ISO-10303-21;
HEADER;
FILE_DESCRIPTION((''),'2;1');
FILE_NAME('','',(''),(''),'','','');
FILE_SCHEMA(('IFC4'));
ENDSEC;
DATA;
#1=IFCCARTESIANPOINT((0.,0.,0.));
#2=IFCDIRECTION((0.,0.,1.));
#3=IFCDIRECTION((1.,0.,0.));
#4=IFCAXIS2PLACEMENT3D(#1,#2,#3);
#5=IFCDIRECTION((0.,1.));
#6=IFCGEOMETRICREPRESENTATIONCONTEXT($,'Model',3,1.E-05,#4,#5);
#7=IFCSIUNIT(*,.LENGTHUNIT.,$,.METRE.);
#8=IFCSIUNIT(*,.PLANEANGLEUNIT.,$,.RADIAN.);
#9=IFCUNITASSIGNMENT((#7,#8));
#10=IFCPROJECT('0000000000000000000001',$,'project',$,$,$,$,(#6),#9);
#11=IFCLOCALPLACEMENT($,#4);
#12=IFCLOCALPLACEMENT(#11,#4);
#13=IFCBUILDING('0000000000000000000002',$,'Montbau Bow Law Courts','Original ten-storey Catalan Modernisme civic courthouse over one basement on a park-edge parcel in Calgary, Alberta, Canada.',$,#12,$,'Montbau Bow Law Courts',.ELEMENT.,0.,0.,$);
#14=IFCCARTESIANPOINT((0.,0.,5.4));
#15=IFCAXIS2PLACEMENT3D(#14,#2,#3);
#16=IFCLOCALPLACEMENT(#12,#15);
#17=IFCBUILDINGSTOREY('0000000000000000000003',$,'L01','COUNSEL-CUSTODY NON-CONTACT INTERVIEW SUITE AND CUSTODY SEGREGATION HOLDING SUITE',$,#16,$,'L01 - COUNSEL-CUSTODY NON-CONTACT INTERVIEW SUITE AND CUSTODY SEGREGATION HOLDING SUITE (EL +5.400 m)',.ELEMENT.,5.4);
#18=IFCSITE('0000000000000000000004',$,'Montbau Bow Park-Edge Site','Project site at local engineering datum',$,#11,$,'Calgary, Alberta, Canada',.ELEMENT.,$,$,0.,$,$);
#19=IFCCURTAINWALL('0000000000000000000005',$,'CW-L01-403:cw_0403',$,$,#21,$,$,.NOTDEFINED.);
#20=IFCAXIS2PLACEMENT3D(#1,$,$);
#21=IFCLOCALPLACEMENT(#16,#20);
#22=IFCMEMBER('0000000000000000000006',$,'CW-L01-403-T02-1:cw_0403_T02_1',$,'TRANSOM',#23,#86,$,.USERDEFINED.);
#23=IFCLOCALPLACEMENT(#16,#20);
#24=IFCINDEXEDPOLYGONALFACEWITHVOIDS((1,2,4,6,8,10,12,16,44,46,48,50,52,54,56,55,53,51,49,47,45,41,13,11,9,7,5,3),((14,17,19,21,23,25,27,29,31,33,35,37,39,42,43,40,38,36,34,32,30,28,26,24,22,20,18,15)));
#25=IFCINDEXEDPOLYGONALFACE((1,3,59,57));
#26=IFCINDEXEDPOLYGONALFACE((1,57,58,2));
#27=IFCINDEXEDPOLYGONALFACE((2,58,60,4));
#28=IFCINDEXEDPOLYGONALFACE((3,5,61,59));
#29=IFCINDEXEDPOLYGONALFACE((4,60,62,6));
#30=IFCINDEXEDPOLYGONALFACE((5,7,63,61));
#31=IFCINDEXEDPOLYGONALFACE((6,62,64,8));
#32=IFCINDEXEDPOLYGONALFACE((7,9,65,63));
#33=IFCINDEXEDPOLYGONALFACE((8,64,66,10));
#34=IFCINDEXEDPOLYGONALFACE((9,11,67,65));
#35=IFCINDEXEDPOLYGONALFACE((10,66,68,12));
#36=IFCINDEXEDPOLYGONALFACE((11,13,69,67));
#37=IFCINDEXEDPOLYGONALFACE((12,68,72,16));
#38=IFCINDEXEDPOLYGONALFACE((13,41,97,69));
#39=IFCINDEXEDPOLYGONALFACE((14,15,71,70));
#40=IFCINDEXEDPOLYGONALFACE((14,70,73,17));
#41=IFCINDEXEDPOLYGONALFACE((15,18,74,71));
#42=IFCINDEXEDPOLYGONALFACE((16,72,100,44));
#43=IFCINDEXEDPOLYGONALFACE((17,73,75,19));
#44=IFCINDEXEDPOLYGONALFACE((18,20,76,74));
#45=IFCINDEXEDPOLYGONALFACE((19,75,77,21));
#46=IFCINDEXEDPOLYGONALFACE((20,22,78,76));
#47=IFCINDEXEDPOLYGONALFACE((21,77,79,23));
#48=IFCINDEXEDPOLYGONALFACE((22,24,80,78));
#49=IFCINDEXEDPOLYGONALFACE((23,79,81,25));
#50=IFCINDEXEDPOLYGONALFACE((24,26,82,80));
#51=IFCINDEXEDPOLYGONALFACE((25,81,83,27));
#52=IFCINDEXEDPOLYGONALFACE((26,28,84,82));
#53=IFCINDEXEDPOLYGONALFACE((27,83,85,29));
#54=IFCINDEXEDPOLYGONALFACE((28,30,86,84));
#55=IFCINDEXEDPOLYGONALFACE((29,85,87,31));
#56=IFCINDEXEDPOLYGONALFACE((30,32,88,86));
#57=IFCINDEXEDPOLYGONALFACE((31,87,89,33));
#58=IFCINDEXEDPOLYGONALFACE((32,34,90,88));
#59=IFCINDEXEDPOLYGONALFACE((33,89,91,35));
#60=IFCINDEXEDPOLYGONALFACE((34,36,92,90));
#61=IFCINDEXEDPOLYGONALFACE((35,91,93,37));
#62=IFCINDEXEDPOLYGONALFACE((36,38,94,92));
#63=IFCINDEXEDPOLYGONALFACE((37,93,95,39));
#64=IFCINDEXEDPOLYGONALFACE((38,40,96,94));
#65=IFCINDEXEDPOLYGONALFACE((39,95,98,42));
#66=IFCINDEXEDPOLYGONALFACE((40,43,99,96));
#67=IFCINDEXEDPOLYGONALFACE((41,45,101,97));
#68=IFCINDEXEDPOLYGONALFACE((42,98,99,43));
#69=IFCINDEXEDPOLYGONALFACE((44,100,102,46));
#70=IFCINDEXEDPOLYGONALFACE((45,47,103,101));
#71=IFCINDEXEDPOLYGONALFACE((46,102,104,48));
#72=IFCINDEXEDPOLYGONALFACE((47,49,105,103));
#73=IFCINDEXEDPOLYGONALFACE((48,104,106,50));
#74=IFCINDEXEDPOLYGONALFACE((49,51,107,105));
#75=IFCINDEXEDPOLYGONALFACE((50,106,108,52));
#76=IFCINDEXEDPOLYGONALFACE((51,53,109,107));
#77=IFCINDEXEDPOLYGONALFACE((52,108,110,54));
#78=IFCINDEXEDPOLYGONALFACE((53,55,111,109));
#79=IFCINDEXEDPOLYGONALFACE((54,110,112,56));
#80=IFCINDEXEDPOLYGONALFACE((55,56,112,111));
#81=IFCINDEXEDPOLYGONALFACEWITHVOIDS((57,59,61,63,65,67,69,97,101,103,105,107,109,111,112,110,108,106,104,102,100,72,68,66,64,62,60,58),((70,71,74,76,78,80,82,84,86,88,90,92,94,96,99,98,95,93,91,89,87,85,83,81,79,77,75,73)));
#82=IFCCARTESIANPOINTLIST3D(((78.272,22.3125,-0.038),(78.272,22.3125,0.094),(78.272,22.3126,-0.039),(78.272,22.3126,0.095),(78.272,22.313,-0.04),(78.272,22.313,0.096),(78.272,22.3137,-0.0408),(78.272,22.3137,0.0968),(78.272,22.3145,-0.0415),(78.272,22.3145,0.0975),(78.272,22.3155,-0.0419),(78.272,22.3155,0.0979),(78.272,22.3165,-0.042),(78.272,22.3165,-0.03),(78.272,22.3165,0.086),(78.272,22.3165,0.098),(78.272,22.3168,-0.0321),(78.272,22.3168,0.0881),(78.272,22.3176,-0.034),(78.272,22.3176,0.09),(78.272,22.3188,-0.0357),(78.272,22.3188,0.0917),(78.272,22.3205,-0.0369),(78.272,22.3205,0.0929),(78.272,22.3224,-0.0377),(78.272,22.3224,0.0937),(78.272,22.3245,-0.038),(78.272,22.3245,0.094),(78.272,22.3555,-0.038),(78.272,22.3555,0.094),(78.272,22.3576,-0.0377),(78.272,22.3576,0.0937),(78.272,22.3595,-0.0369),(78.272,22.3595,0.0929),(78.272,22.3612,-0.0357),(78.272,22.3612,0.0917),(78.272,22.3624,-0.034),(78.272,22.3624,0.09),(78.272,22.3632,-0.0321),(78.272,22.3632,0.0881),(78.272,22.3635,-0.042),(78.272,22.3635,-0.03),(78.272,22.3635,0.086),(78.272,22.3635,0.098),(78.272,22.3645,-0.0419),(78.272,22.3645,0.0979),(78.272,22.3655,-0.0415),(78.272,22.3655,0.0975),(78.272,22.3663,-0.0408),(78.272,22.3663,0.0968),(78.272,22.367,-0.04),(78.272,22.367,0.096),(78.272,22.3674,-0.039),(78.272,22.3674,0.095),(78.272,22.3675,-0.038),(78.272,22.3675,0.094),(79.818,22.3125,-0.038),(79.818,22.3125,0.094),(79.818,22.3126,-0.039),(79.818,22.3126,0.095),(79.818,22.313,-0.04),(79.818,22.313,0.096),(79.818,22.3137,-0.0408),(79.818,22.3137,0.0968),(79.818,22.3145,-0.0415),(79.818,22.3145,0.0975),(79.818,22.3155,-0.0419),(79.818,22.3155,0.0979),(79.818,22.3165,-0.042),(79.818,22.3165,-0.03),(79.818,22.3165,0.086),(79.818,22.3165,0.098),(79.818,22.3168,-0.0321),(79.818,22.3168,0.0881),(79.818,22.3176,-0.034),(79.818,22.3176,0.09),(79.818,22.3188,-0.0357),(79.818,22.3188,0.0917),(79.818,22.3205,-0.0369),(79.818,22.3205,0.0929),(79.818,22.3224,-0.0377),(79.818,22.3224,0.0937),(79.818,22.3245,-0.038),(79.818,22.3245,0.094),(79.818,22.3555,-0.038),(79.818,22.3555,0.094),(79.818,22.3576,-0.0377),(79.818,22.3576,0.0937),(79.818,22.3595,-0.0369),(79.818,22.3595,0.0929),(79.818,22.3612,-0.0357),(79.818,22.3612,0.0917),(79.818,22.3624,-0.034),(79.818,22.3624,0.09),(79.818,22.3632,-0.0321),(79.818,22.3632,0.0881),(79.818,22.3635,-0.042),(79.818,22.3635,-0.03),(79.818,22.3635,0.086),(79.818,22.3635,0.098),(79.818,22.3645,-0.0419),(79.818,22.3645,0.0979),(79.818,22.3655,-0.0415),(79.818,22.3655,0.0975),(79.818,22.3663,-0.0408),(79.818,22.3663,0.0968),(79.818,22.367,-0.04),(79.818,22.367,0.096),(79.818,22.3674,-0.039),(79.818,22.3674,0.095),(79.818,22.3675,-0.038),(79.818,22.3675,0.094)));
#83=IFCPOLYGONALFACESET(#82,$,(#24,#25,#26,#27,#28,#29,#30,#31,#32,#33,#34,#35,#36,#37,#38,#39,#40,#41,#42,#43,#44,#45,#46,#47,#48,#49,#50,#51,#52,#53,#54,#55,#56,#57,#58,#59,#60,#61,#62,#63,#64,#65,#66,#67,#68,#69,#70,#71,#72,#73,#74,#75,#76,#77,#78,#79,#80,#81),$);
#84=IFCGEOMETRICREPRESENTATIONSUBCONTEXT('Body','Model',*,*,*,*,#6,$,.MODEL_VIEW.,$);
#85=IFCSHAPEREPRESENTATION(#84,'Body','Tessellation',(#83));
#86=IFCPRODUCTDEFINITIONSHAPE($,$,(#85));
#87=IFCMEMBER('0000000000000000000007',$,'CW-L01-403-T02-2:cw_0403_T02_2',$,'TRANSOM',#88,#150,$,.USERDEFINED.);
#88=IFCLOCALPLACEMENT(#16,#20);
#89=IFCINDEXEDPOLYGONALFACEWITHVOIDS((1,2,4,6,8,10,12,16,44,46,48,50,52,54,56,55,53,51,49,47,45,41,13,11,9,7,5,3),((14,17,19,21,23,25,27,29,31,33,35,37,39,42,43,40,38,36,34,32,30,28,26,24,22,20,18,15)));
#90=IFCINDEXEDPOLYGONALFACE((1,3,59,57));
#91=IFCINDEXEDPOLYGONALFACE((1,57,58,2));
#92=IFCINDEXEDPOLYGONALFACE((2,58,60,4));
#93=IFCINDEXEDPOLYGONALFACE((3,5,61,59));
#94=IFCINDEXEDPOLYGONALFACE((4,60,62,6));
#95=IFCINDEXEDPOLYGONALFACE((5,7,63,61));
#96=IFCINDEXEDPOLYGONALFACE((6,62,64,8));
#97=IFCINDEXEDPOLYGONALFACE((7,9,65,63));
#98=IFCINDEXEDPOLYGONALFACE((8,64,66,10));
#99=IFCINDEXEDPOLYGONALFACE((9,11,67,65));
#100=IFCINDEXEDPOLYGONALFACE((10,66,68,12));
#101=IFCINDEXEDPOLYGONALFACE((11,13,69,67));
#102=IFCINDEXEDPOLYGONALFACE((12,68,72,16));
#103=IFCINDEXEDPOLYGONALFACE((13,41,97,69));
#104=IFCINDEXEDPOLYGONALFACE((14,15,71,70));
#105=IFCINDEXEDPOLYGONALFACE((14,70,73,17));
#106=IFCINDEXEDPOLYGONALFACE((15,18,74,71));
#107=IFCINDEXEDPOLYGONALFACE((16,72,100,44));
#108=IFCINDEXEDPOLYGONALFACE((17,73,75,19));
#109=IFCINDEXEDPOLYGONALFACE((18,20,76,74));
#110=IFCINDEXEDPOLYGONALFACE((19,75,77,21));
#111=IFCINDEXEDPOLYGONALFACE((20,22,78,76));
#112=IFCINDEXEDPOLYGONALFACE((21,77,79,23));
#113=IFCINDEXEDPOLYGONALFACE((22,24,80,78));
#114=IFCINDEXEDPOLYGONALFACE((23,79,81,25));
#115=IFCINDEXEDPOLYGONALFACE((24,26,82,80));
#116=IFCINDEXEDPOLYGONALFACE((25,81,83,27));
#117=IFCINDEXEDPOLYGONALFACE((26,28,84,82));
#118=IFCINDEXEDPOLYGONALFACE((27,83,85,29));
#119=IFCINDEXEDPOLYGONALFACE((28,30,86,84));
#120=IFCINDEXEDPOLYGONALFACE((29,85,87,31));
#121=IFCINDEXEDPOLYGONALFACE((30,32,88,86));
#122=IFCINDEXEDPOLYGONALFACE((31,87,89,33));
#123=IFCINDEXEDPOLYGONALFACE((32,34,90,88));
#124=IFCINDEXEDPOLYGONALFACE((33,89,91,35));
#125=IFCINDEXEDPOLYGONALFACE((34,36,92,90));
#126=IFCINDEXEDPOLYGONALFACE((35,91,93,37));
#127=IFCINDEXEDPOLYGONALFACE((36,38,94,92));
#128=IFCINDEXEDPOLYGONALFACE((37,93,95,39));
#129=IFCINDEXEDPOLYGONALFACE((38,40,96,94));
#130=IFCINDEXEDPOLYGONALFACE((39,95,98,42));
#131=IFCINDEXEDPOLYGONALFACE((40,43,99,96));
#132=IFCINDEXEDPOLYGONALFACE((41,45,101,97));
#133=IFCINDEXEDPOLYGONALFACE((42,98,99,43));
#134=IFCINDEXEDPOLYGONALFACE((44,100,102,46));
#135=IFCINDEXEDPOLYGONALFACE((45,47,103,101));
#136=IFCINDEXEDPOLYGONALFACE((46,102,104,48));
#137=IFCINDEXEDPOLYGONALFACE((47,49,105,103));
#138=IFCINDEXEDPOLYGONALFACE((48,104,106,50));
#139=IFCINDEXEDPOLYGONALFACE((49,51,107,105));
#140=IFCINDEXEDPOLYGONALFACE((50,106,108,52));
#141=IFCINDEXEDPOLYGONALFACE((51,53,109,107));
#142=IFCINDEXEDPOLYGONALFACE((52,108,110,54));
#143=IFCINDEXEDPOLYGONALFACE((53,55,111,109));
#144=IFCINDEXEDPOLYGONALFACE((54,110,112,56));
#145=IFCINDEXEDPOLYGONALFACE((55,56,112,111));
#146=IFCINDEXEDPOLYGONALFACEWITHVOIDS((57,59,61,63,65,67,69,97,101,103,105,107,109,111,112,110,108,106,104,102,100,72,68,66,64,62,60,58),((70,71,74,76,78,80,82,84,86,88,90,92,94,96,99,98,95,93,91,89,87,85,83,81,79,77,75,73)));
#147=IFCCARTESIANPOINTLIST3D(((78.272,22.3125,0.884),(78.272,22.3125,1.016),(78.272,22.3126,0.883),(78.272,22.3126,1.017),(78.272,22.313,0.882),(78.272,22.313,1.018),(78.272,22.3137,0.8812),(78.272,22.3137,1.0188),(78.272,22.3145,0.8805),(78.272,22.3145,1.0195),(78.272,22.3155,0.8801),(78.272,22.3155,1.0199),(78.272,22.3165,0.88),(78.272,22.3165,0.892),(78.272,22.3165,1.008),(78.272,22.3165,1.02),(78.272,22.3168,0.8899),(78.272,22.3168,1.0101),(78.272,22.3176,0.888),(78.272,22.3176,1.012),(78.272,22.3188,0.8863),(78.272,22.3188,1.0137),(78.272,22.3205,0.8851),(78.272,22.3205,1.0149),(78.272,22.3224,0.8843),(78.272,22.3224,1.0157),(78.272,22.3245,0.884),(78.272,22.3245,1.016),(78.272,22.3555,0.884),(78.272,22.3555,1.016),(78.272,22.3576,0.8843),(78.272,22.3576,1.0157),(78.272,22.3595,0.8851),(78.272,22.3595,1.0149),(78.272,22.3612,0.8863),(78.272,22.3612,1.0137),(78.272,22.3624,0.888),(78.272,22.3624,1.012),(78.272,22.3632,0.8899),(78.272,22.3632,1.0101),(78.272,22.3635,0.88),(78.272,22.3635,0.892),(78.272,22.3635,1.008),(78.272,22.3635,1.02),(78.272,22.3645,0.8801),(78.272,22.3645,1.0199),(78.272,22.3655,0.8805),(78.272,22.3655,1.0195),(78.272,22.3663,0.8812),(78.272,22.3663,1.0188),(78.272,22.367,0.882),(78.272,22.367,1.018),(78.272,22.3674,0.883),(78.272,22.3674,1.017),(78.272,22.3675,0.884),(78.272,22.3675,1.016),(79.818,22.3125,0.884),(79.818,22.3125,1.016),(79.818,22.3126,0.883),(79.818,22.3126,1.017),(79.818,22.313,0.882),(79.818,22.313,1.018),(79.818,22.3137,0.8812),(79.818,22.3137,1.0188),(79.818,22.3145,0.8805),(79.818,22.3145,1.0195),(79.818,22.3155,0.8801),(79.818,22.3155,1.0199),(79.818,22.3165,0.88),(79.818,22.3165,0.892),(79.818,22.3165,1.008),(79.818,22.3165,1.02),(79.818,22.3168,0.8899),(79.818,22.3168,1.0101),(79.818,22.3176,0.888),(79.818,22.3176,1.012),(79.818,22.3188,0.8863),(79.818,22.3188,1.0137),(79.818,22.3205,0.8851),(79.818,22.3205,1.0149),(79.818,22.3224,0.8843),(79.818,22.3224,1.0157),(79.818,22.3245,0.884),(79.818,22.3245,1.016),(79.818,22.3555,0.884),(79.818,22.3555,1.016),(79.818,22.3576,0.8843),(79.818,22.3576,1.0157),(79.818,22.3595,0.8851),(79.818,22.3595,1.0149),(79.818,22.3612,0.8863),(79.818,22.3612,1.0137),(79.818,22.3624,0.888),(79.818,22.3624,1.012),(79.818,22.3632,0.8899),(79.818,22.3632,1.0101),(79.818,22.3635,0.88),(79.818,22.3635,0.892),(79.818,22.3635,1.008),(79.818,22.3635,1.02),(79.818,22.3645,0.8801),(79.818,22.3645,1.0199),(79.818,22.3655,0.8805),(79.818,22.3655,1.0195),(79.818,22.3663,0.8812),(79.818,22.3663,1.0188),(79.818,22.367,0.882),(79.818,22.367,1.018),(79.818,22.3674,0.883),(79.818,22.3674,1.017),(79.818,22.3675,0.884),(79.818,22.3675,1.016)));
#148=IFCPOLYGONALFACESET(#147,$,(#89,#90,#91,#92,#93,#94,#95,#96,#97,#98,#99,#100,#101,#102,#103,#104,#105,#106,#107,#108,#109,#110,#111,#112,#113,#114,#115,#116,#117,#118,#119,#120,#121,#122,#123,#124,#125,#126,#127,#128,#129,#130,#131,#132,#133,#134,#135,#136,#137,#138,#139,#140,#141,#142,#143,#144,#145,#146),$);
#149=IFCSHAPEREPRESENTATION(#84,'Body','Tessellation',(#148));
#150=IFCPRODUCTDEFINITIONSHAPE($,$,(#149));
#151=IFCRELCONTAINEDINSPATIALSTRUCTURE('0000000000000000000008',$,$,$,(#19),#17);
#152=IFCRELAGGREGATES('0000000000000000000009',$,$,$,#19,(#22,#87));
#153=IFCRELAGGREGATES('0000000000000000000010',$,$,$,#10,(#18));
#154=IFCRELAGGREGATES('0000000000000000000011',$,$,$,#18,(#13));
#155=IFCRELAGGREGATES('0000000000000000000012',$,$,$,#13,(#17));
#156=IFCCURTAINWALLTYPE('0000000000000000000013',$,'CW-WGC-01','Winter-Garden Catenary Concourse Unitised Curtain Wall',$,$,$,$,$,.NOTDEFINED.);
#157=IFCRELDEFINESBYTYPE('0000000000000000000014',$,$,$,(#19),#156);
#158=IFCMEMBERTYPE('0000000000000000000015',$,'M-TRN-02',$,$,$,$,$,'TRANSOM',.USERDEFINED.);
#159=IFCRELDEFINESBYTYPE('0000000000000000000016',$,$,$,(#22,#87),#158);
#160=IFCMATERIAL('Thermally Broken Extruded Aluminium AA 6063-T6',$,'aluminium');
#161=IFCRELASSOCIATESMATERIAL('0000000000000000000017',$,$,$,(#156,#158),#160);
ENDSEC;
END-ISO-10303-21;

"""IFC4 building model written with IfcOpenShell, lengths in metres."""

from ifc_helpers import new_model, si_unit, direction, frame, origin_with_axes, origin_2d_with_axis, place, context, subcontext, project, spatial, hollow_rectangle, extrude, material, material_profile, profile_set, type_object, element, aggregate, save


model = new_model("IFC4")

# Units and contexts
model_context = context("Model", 3, precision=1e-05, world=origin_with_axes(), true_north=direction((0.0, 1.0)))
body_context = subcontext(model_context, "Body", "Model", "MODEL_VIEW")
ifc_project = project(units=[si_unit("LENGTHUNIT", "METRE"), si_unit("PLANEANGLEUNIT", "RADIAN")], contexts=[model_context])

# Site, building, storey
site_placement = place(None, origin_with_axes())
site = spatial("IfcSite", under=ifc_project, at=site_placement, Name="Montbau Bow Park-Edge Site", Description="Project site at local engineering datum", LongName="Calgary, Alberta, Canada", CompositionType="ELEMENT", RefElevation=0.0)
building_placement = place(site_placement, origin_with_axes())
building = spatial("IfcBuilding", under=site, at=building_placement, Name="Montbau Bow Law Courts", Description="Original ten-storey Catalan Modernisme civic courthouse over one basement on a park-edge parcel in Calgary, Alberta, Canada.", LongName="Montbau Bow Law Courts", CompositionType="ELEMENT", ElevationOfRefHeight=0.0, ElevationOfTerrain=0.0)
storey_placement = place(building_placement, frame((0.0, 0.0, 5.4), z_axis=(0.0, 0.0, 1.0), x_axis=(1.0, 0.0, 0.0)))
storey = spatial("IfcBuildingStorey", under=building, at=storey_placement, Name="L01", Description="COUNSEL-CUSTODY NON-CONTACT INTERVIEW SUITE AND CUSTODY SEGREGATION HOLDING SUITE", LongName="L01 - COUNSEL-CUSTODY NON-CONTACT INTERVIEW SUITE AND CUSTODY SEGREGATION HOLDING SUITE (EL +5.400 m)", CompositionType="ELEMENT", Elevation=5.4)

# Shared definitions
ifc_material_1 = material(Name="Thermally Broken Extruded Aluminium AA 6063-T6", Category="aluminium")
curtain_wall_type = type_object("IfcCurtainWallType", Name="CW-WGC-01", Description="Winter-Garden Catenary Concourse Unitised Curtain Wall", PredefinedType="NOTDEFINED", material=ifc_material_1)

# Curtain wall
curtain_wall_1_placement = place(None, frame((76.59, 22.34, 5.4), z_axis=(0.0, 0.0, 1.0), x_axis=(1.0, 0.0, 0.0)))
curtain_wall_1 = element("IfcCurtainWall", 1, at=curtain_wall_1_placement, inside=storey, type_object=curtain_wall_type, Name="CW-L01-403:cw_0403", PredefinedType="NOTDEFINED")

# Members
ifc_material_profile_1 = material_profile(ifc_material_1, hollow_rectangle(XDim=0.055, YDim=0.14, WallThickness=0.004, InnerFilletRadius=0.008, OuterFilletRadius=0.004, at=origin_2d_with_axis()), Name="CWT-140X55", Category="Main", Priority=0)
ifc_profile_set_1 = profile_set([ifc_material_profile_1], Name="Thermally Broken Extruded Aluminium AA 6063-T6")
member_type_1 = type_object("IfcMemberType", Name="M-TRN-02", ElementType="TRANSOM", PredefinedType="USERDEFINED", material=ifc_profile_set_1)
member_1_placement = place(None, frame((78.272, 22.34, 5.428), z_axis=(1.0, 0.0, 0.0), x_axis=(0.0, 1.0, 0.0)))
member_1 = element("IfcMember", 2, at=member_1_placement, type_object=member_type_1, Name="CW-L01-403-T02-1:cw_0403_T02_1", ObjectType="TRANSOM", PredefinedType="USERDEFINED", context=body_context, shape_type="SweptSolid", body=[
    extrude(hollow_rectangle(XDim=0.055, YDim=0.14, WallThickness=0.004, InnerFilletRadius=0.008, OuterFilletRadius=0.004, at=origin_2d_with_axis()), origin_with_axes(), (0.0, 0.0, 1.0), 1.546),
])
member_2_placement = place(None, frame((78.272, 22.34, 6.35), z_axis=(1.0, 0.0, 0.0), x_axis=(0.0, 1.0, 0.0)))
member_2 = element("IfcMember", 3, at=member_2_placement, type_object=member_type_1, Name="CW-L01-403-T02-2:cw_0403_T02_2", ObjectType="TRANSOM", PredefinedType="USERDEFINED", context=body_context, shape_type="SweptSolid", body=[
    extrude(hollow_rectangle(XDim=0.055, YDim=0.14, WallThickness=0.004, InnerFilletRadius=0.008, OuterFilletRadius=0.004, at=origin_2d_with_axis()), origin_with_axes(), (0.0, 0.0, 1.0), 1.546),
])

aggregate(curtain_wall_1, [member_1, member_2])

save(model, "model.ifc")
